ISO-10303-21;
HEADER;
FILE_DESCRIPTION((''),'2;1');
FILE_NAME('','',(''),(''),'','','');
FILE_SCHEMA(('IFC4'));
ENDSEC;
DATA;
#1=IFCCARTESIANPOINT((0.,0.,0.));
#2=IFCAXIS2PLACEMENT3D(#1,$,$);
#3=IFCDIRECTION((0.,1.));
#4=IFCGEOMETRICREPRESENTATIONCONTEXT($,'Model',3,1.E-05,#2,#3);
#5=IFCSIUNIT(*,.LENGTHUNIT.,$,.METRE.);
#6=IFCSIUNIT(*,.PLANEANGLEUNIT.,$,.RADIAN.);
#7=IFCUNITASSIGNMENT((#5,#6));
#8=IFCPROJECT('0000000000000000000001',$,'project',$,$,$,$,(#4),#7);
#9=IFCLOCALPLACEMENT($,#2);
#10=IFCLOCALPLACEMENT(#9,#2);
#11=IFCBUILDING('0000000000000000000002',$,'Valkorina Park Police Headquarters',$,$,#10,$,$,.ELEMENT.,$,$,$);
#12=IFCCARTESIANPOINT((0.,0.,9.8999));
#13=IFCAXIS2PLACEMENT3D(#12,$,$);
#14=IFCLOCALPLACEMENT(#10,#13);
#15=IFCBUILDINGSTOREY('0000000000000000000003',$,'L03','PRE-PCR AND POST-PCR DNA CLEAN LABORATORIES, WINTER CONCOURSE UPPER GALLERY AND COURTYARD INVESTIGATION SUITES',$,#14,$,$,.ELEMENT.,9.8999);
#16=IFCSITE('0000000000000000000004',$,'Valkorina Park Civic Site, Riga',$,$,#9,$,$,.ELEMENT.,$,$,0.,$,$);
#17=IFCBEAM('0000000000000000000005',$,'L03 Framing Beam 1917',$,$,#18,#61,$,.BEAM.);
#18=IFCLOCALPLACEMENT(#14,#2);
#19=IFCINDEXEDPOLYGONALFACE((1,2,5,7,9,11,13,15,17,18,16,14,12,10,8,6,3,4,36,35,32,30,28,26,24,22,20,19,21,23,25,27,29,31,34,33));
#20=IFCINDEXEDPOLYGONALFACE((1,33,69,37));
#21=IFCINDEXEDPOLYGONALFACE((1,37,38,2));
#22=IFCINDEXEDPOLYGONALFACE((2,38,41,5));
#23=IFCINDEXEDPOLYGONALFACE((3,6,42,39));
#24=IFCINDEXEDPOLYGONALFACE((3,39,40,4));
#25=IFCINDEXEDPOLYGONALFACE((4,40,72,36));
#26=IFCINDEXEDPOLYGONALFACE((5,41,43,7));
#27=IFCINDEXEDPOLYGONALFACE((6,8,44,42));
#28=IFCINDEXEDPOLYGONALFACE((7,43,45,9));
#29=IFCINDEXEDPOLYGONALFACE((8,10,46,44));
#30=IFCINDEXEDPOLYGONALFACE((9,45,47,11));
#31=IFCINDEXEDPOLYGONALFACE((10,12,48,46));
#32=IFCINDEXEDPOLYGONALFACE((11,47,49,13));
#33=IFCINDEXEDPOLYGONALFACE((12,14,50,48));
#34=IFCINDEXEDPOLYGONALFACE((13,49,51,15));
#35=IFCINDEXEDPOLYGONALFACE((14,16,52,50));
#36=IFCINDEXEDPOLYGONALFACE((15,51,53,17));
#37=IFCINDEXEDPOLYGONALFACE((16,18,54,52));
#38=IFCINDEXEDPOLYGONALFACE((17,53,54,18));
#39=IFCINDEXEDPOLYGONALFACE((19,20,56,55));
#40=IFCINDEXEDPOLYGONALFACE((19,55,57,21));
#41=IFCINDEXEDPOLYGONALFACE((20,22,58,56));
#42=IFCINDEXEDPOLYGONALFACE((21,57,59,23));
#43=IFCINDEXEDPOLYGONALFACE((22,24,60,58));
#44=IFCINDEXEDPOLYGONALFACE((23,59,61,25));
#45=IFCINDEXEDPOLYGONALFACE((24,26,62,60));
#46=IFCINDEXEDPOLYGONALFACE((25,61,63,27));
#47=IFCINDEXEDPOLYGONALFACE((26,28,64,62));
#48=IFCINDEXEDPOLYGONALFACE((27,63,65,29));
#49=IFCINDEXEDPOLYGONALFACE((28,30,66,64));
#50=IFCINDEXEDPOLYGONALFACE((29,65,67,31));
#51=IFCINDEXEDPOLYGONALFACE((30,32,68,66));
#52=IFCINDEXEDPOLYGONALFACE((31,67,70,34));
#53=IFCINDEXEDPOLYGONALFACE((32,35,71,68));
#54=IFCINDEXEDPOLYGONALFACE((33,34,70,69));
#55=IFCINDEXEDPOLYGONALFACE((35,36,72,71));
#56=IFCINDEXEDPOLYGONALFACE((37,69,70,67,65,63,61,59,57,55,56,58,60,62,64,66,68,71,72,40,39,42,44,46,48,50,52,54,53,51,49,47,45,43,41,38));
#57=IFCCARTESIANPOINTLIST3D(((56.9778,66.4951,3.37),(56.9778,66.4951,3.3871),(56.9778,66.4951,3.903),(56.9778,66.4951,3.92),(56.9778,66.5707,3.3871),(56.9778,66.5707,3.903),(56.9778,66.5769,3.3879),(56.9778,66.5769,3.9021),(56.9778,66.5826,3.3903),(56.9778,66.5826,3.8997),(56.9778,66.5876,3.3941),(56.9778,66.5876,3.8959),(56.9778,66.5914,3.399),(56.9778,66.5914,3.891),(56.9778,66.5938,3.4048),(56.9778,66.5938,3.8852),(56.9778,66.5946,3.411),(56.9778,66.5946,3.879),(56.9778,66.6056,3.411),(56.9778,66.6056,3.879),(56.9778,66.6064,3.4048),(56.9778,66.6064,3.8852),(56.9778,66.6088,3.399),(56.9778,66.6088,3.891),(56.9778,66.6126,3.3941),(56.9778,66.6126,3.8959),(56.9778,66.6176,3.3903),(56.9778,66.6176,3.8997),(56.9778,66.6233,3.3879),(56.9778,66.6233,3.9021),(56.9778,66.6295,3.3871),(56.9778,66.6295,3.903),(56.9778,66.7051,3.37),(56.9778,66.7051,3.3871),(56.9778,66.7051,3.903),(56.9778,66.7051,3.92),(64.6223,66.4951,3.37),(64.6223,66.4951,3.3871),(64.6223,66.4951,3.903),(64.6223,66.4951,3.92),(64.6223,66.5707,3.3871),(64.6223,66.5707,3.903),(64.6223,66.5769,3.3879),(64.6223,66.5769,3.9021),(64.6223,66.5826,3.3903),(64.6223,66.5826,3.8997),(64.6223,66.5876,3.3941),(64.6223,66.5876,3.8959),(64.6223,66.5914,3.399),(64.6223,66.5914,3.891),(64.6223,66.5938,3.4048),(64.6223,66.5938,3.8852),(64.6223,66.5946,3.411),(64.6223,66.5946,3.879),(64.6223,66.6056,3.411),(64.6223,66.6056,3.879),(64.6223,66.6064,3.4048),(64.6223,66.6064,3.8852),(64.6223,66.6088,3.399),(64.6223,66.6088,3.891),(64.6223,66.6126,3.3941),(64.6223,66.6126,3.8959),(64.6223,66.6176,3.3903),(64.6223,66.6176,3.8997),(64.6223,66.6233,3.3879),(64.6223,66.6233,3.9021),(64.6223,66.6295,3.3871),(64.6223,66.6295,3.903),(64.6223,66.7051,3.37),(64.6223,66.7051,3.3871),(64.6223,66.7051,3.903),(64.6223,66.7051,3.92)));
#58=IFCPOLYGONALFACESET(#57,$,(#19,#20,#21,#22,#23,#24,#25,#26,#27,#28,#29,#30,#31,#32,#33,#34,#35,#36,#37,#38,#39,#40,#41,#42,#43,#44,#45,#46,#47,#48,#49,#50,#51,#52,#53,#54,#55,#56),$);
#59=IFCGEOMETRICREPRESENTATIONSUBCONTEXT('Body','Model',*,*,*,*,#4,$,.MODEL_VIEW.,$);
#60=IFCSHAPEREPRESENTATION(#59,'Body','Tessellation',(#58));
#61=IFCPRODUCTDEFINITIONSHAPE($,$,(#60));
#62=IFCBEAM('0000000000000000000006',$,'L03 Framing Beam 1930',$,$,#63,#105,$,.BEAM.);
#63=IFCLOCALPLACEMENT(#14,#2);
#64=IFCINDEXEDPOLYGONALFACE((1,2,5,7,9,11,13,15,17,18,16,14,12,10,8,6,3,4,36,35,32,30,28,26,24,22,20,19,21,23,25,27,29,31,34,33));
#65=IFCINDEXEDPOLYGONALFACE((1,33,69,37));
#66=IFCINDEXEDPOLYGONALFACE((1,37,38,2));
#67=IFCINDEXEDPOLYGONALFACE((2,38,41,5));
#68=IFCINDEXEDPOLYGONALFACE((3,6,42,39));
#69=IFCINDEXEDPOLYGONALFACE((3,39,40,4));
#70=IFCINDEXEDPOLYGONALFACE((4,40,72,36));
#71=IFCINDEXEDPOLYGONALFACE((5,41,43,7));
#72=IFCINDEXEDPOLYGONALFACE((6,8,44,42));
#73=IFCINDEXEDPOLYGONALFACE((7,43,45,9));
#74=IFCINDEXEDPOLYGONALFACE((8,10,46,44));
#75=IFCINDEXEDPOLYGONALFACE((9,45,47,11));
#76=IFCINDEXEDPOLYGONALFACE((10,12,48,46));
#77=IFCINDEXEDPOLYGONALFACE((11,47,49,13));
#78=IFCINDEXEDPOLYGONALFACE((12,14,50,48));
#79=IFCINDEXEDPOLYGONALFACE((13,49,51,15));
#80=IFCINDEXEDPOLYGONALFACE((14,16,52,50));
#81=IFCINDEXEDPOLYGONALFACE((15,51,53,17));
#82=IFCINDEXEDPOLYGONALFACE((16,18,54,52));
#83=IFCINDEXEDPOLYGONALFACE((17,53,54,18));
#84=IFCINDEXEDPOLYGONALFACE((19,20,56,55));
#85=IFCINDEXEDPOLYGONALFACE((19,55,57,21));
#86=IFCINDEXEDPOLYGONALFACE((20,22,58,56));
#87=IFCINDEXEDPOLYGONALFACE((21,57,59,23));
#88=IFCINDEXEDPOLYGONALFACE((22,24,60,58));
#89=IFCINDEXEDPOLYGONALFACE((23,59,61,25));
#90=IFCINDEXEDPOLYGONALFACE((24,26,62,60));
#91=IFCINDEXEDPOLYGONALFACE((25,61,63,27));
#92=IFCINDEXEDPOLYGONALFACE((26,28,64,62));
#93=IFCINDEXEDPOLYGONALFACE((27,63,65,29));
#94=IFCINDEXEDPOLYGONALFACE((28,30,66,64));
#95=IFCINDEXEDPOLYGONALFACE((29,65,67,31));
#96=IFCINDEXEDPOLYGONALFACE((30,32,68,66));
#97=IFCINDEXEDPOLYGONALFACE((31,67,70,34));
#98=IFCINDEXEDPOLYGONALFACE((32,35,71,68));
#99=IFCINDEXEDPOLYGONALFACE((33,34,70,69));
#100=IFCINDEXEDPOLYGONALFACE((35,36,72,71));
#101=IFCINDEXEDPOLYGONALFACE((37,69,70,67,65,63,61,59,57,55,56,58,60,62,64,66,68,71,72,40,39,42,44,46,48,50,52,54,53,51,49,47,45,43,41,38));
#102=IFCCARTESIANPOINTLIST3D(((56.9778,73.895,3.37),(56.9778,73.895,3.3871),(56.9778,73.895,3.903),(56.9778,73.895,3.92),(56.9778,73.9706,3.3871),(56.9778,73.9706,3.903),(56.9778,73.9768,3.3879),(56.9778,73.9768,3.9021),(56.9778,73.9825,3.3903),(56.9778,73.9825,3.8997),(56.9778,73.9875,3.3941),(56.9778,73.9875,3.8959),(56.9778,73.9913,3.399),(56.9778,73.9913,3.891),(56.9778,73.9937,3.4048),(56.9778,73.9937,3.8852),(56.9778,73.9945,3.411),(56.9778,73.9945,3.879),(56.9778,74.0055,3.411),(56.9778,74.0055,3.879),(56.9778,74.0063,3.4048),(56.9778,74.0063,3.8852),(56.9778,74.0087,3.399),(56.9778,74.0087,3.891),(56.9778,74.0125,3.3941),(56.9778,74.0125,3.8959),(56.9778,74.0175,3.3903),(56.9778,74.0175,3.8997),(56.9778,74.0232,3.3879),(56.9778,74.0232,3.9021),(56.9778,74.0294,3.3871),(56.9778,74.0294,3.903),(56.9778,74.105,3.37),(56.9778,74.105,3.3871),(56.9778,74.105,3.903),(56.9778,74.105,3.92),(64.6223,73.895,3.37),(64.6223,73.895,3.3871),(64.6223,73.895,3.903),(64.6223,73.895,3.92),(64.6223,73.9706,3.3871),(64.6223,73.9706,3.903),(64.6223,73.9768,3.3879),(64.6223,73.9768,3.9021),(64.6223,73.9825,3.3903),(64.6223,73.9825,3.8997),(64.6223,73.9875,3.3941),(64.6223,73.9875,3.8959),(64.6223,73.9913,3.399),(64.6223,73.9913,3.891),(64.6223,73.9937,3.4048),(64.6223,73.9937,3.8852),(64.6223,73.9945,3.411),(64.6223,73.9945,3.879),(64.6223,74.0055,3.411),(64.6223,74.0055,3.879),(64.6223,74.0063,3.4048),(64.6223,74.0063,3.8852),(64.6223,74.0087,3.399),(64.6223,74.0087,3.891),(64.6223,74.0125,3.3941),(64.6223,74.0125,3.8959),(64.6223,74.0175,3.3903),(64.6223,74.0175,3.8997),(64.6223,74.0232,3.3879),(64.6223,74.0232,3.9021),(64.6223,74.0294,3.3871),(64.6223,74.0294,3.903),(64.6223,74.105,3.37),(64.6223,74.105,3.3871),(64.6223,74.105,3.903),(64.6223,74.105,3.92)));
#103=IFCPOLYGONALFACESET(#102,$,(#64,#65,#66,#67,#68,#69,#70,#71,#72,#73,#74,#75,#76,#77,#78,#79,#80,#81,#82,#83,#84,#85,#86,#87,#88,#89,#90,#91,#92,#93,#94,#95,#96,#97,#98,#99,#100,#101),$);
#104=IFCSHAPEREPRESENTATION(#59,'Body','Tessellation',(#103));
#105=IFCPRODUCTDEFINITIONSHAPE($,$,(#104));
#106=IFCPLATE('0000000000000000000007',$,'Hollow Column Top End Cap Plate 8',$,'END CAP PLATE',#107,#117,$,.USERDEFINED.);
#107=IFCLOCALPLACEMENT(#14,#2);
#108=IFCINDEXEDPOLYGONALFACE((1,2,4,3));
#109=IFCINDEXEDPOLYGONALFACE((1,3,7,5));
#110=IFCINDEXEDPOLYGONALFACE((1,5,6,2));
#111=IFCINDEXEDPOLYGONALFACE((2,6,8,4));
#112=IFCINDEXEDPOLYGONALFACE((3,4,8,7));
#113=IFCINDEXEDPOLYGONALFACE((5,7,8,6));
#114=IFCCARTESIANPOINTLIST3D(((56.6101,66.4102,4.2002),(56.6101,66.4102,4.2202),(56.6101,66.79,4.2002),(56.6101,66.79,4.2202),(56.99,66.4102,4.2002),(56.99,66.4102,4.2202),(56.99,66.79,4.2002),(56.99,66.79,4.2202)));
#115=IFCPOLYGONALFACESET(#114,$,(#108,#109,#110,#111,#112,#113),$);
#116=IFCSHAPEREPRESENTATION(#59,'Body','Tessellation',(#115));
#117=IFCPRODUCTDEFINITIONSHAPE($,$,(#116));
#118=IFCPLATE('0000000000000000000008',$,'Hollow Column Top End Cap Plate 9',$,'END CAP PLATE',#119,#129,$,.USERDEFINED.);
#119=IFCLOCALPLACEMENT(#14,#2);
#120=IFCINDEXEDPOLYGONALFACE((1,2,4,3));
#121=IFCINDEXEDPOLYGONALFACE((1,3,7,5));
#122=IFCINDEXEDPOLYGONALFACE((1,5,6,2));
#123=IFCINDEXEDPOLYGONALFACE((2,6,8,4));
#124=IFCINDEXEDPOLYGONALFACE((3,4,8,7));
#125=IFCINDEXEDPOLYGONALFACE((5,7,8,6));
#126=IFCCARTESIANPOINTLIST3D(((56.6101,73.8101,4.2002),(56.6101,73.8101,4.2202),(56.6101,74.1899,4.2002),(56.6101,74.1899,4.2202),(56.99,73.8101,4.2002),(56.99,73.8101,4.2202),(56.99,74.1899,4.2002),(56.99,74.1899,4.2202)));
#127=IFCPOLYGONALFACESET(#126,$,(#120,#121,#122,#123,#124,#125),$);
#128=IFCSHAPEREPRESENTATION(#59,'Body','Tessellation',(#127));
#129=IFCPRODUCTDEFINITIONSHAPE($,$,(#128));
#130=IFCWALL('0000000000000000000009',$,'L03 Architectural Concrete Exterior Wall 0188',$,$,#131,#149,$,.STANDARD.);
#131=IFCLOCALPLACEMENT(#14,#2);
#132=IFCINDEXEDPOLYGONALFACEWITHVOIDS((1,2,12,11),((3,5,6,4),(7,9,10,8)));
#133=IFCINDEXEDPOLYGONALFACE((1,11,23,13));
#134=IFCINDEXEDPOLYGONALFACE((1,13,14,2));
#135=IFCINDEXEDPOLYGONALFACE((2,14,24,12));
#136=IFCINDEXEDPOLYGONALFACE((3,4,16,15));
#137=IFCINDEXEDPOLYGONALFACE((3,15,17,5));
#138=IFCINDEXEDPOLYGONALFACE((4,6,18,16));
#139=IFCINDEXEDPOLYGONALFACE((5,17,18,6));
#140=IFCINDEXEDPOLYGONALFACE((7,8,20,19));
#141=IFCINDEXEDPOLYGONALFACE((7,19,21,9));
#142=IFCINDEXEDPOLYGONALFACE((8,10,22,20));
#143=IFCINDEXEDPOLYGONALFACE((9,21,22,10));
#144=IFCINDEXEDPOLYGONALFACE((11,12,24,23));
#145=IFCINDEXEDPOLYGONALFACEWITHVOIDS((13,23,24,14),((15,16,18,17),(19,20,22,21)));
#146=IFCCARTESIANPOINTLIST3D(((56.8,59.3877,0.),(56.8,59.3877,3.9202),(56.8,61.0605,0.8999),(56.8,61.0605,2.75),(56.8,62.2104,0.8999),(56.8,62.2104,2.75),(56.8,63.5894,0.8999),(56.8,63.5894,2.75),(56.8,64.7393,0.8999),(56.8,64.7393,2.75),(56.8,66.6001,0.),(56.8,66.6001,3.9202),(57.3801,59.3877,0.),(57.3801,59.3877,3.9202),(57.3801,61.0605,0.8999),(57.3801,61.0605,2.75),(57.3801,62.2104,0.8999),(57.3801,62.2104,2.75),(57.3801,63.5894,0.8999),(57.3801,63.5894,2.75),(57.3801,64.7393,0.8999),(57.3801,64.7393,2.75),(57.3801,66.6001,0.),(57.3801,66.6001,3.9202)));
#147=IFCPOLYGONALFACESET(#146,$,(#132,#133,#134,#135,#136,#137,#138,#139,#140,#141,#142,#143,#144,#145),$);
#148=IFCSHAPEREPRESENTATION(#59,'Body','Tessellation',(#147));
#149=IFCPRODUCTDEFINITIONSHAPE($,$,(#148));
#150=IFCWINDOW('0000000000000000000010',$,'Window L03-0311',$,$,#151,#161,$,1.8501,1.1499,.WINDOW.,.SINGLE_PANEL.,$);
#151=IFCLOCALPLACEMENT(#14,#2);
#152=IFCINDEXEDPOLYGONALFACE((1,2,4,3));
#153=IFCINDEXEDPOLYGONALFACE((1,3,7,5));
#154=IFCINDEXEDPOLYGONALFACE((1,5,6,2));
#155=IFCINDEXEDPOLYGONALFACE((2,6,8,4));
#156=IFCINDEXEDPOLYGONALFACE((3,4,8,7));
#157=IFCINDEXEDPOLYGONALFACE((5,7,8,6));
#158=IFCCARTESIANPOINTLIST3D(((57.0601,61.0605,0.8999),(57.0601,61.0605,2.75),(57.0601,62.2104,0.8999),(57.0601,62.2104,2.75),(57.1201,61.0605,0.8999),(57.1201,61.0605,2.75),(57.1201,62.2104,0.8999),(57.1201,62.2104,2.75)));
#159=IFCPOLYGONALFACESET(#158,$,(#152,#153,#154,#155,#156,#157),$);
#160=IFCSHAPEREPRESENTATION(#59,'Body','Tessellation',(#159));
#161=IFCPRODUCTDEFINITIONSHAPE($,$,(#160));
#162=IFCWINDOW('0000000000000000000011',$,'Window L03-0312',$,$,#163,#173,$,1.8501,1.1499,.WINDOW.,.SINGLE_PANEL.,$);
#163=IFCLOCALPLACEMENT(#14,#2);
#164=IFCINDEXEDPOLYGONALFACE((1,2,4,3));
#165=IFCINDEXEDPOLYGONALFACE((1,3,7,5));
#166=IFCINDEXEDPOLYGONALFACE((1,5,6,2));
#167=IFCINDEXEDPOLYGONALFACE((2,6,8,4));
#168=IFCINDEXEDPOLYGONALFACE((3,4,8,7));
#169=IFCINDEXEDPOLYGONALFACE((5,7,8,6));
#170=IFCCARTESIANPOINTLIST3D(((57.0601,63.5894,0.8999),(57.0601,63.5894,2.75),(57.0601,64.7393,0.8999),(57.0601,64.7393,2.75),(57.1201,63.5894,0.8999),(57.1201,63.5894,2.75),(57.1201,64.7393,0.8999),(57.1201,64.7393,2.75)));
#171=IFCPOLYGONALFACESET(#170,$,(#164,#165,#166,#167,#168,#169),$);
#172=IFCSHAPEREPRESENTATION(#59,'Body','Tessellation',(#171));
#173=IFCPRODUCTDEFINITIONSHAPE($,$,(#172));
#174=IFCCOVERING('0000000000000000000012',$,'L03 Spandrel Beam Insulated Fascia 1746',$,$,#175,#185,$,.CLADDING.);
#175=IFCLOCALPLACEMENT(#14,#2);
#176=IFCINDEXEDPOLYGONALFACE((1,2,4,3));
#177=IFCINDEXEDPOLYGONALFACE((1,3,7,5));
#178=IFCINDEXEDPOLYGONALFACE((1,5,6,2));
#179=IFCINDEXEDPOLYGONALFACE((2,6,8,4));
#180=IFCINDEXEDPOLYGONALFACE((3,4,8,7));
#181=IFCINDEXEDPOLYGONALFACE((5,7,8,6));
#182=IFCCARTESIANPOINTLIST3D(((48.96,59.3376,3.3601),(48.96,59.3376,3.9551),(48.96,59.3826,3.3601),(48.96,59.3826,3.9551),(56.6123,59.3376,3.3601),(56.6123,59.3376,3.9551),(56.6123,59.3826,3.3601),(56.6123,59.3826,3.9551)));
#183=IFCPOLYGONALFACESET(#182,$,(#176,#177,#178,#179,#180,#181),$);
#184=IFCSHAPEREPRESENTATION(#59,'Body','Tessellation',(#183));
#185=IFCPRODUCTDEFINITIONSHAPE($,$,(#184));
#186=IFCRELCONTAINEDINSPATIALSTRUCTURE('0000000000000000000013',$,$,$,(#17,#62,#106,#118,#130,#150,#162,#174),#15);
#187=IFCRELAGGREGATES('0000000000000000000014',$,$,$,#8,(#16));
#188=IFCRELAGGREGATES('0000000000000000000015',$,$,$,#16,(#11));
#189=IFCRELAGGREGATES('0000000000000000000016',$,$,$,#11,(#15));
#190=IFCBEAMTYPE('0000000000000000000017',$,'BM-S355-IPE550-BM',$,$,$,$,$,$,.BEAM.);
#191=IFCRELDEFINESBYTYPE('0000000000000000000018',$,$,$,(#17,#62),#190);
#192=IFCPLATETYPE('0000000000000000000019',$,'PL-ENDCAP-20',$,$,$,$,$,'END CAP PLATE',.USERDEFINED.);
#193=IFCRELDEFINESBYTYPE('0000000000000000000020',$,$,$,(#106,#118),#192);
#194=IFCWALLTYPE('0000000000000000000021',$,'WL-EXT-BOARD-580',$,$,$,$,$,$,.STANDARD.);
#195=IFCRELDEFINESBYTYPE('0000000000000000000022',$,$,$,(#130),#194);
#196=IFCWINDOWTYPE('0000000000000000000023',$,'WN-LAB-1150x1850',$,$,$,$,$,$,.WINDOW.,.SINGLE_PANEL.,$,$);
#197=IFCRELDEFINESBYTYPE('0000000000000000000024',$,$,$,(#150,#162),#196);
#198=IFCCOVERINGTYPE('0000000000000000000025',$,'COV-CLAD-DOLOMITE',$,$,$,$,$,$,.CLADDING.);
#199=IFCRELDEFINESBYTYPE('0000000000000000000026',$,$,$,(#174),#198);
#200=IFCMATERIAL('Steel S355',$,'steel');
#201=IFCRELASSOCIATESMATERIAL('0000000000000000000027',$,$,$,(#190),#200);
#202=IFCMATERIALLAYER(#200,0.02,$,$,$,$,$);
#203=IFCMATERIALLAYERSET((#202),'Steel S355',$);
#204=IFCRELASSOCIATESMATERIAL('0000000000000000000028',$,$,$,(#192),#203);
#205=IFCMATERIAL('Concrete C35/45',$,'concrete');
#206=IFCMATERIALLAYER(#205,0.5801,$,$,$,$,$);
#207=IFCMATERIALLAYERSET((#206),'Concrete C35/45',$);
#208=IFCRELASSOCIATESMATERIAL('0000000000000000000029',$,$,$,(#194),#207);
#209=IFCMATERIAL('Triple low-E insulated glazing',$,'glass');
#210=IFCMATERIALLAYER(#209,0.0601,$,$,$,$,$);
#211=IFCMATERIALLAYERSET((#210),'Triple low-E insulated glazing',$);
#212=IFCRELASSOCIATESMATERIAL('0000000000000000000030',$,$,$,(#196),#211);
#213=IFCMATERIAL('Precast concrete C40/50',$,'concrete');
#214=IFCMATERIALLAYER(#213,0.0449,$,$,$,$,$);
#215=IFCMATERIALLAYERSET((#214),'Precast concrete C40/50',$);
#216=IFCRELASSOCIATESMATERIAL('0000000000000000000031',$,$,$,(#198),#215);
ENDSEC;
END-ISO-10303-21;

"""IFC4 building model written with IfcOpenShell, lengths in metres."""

from ifc_helpers import new_model, si_unit, direction, frame, frame_2d, origin, origin_2d, place, context, subcontext, project, spatial, rectangle, i_section, extrude, material, layer, layer_set, material_profile, profile_set, type_object, element, fill, save


model = new_model("IFC4")

# Units and contexts
model_context = context("Model", 3, precision=1e-05, world=origin(), true_north=direction((0.0, 1.0)))
body_context = subcontext(model_context, "Body", "Model", "MODEL_VIEW")
ifc_project = project(units=[si_unit("LENGTHUNIT", "METRE"), si_unit("PLANEANGLEUNIT", "RADIAN")], contexts=[model_context])

# Site, building, storey
site_placement = place(None, origin())
site = spatial("IfcSite", under=ifc_project, at=site_placement, Name="Valkorina Park Civic Site, Riga", CompositionType="ELEMENT", RefElevation=0.0)
building_placement = place(site_placement, origin())
building = spatial("IfcBuilding", under=site, at=building_placement, Name="Valkorina Park Police Headquarters", CompositionType="ELEMENT")
storey_placement = place(building_placement, frame((0.0, 0.0, 9.8999)))
storey = spatial("IfcBuildingStorey", under=building, at=storey_placement, Name="L03", Description="PRE-PCR AND POST-PCR DNA CLEAN LABORATORIES, WINTER CONCOURSE UPPER GALLERY AND COURTYARD INVESTIGATION SUITES", CompositionType="ELEMENT", Elevation=9.8999)

# Shared definitions
ifc_material_1 = material(Name="Steel S355", Category="steel")

# Beams
ifc_material_profile_1 = material_profile(ifc_material_1, i_section(OverallWidth=0.21, OverallDepth=0.55, WebThickness=0.011, FlangeThickness=0.0171, FilletRadius=0.0239, at=origin_2d()), Name="IPE 550")
ifc_profile_set_1 = profile_set([ifc_material_profile_1], Name="Steel S355")
beam_type_1 = type_object("IfcBeamType", Name="BM-S355-IPE550-BM", PredefinedType="BEAM", material=ifc_profile_set_1)
for number, where, z_axis, x_axis, name in (
    (1, (56.9778, 66.6001, 3.645), (1.0, 0.0, 0.0), (0.0, 1.0, 0.0), "L03 Framing Beam 1917"),
    (2, (56.9778, 74.0, 3.645), (1.0, 0.0, 0.0), (0.0, 1.0, 0.0), "L03 Framing Beam 1930"),
):
    element("IfcBeam", number, at=place(storey_placement, frame(where, z_axis=z_axis, x_axis=x_axis)), inside=storey, type_object=beam_type_1, Name=name, PredefinedType="BEAM", context=body_context, shape_type="SweptSolid", body=[
        extrude(i_section(OverallWidth=0.21, OverallDepth=0.55, WebThickness=0.011, FlangeThickness=0.0171, FilletRadius=0.0239, at=origin_2d()), origin(), (0.0, 0.0, 1.0), 7.6445),
    ])

# Plates
ifc_layer_1 = layer(ifc_material_1, 0.02)
ifc_layer_set_1 = layer_set([ifc_layer_1], Name="Steel S355")
plate_type = type_object("IfcPlateType", Name="PL-ENDCAP-20", ElementType="END CAP PLATE", PredefinedType="USERDEFINED", material=ifc_layer_set_1)
for number, where, z_axis, x_axis, name in (
    (3, (56.8, 66.6001, 4.2002), (0.0, 0.0, 1.0), (1.0, 0.0, 0.0), "Hollow Column Top End Cap Plate 8"),
    (4, (56.8, 74.0, 4.2002), (0.0, 0.0, 1.0), (1.0, 0.0, 0.0), "Hollow Column Top End Cap Plate 9"),
):
    element("IfcPlate", number, at=place(storey_placement, frame(where, z_axis=z_axis, x_axis=x_axis)), inside=storey, type_object=plate_type, Name=name, ObjectType="END CAP PLATE", PredefinedType="USERDEFINED", context=body_context, shape_type="SweptSolid", body=[
        extrude(rectangle(XDim=0.3799, YDim=0.3799, at=origin_2d()), origin(), (0.0, 0.0, 1.0), 0.02),
    ])

# Wall, openings, windows
ifc_material_2 = material(Name="Concrete C35/45", Category="concrete")
ifc_layer_2 = layer(ifc_material_2, 0.5801)
ifc_layer_set_2 = layer_set([ifc_layer_2], Name="Concrete C35/45")
wall_type = type_object("IfcWallType", Name="WL-EXT-BOARD-580", PredefinedType="STANDARD", material=ifc_layer_set_2)
wall_placement = place(storey_placement, frame((57.0901, 59.3877, 0.0), z_axis=(0.0, 0.0, 1.0), x_axis=(0.0, 1.0, 0.0)))
wall = element("IfcWall", 5, at=wall_placement, inside=storey, type_object=wall_type, Name="L03 Architectural Concrete Exterior Wall 0188", PredefinedType="STANDARD", context=body_context, shape_type="SweptSolid", body=[
    extrude(rectangle(XDim=7.2124, YDim=0.5801, at=frame_2d((3.6062, 0.0))), origin(), (0.0, 0.0, 1.0), 3.9202),
])
opening_1_placement = place(wall_placement, frame((1.6729, 0.0, 0.8999)))
opening_1 = element("IfcOpeningElement", 6, at=opening_1_placement, cuts=wall, PredefinedType="OPENING", context=body_context, shape_type="SweptSolid", body=[
    extrude(rectangle(XDim=1.1499, YDim=1.8501, at=frame_2d((0.575, 0.925))), frame((0.0, 0.3, 0.0), z_axis=(0.0, -1.0, 0.0), x_axis=(1.0, 0.0, 0.0)), (0.0, 0.0, 1.0), 0.6001),
])
opening_2_placement = place(wall_placement, frame((4.2017, 0.0, 0.8999)))
opening_2 = element("IfcOpeningElement", 7, at=opening_2_placement, cuts=wall, PredefinedType="OPENING", context=body_context, shape_type="SweptSolid", body=[
    extrude(rectangle(XDim=1.1499, YDim=1.8501, at=frame_2d((0.575, 0.925))), frame((0.0, 0.3, 0.0), z_axis=(0.0, -1.0, 0.0), x_axis=(1.0, 0.0, 0.0)), (0.0, 0.0, 1.0), 0.6001),
])
ifc_material_3 = material(Name="Triple low-E insulated glazing", Category="glass")
ifc_layer_3 = layer(ifc_material_3, 0.0601)
ifc_layer_set_3 = layer_set([ifc_layer_3], Name="Triple low-E insulated glazing")
window_type = type_object("IfcWindowType", Name="WN-LAB-1150x1850", PartitioningType="SINGLE_PANEL", PredefinedType="WINDOW", material=ifc_layer_set_3)
window_1_placement = place(opening_1_placement, origin())
window_1 = element("IfcWindow", 8, at=window_1_placement, inside=storey, type_object=window_type, Name="Window L03-0311", OverallHeight=1.8501, OverallWidth=1.1499, PartitioningType="SINGLE_PANEL", PredefinedType="WINDOW", context=body_context, shape_type="SweptSolid", body=[
    extrude(rectangle(XDim=1.1499, YDim=1.8501, at=frame_2d((0.575, 0.925))), frame((0.0, 0.03, 0.0), z_axis=(0.0, -1.0, 0.0), x_axis=(1.0, 0.0, 0.0)), (0.0, 0.0, 1.0), 0.0601),
])
fill(opening_1, window_1)
window_2_placement = place(opening_2_placement, origin())
window_2 = element("IfcWindow", 9, at=window_2_placement, inside=storey, type_object=window_type, Name="Window L03-0312", OverallHeight=1.8501, OverallWidth=1.1499, PartitioningType="SINGLE_PANEL", PredefinedType="WINDOW", context=body_context, shape_type="SweptSolid", body=[
    extrude(rectangle(XDim=1.1499, YDim=1.8501, at=frame_2d((0.575, 0.925))), frame((0.0, 0.03, 0.0), z_axis=(0.0, -1.0, 0.0), x_axis=(1.0, 0.0, 0.0)), (0.0, 0.0, 1.0), 0.0601),
])
fill(opening_2, window_2)

# Covering
ifc_material_4 = material(Name="Precast concrete C40/50", Category="concrete")
ifc_layer_4 = layer(ifc_material_4, 0.0449)
ifc_layer_set_4 = layer_set([ifc_layer_4], Name="Precast concrete C40/50")
covering_type = type_object("IfcCoveringType", Name="COV-CLAD-DOLOMITE", PredefinedType="CLADDING", material=ifc_layer_set_4)
covering_1_placement = place(storey_placement, frame((48.96, 59.3601, 3.3601), z_axis=(0.0, 0.0, 1.0), x_axis=(1.0, 0.0, 0.0)))
element("IfcCovering", 10, at=covering_1_placement, inside=storey, type_object=covering_type, Name="L03 Spandrel Beam Insulated Fascia 1746", PredefinedType="CLADDING", context=body_context, shape_type="SweptSolid", body=[
    extrude(rectangle(XDim=7.6523, YDim=0.0449, at=frame_2d((3.8262, 0.0))), origin(), (0.0, 0.0, 1.0), 0.595),
])

save(model, "model.ifc")
